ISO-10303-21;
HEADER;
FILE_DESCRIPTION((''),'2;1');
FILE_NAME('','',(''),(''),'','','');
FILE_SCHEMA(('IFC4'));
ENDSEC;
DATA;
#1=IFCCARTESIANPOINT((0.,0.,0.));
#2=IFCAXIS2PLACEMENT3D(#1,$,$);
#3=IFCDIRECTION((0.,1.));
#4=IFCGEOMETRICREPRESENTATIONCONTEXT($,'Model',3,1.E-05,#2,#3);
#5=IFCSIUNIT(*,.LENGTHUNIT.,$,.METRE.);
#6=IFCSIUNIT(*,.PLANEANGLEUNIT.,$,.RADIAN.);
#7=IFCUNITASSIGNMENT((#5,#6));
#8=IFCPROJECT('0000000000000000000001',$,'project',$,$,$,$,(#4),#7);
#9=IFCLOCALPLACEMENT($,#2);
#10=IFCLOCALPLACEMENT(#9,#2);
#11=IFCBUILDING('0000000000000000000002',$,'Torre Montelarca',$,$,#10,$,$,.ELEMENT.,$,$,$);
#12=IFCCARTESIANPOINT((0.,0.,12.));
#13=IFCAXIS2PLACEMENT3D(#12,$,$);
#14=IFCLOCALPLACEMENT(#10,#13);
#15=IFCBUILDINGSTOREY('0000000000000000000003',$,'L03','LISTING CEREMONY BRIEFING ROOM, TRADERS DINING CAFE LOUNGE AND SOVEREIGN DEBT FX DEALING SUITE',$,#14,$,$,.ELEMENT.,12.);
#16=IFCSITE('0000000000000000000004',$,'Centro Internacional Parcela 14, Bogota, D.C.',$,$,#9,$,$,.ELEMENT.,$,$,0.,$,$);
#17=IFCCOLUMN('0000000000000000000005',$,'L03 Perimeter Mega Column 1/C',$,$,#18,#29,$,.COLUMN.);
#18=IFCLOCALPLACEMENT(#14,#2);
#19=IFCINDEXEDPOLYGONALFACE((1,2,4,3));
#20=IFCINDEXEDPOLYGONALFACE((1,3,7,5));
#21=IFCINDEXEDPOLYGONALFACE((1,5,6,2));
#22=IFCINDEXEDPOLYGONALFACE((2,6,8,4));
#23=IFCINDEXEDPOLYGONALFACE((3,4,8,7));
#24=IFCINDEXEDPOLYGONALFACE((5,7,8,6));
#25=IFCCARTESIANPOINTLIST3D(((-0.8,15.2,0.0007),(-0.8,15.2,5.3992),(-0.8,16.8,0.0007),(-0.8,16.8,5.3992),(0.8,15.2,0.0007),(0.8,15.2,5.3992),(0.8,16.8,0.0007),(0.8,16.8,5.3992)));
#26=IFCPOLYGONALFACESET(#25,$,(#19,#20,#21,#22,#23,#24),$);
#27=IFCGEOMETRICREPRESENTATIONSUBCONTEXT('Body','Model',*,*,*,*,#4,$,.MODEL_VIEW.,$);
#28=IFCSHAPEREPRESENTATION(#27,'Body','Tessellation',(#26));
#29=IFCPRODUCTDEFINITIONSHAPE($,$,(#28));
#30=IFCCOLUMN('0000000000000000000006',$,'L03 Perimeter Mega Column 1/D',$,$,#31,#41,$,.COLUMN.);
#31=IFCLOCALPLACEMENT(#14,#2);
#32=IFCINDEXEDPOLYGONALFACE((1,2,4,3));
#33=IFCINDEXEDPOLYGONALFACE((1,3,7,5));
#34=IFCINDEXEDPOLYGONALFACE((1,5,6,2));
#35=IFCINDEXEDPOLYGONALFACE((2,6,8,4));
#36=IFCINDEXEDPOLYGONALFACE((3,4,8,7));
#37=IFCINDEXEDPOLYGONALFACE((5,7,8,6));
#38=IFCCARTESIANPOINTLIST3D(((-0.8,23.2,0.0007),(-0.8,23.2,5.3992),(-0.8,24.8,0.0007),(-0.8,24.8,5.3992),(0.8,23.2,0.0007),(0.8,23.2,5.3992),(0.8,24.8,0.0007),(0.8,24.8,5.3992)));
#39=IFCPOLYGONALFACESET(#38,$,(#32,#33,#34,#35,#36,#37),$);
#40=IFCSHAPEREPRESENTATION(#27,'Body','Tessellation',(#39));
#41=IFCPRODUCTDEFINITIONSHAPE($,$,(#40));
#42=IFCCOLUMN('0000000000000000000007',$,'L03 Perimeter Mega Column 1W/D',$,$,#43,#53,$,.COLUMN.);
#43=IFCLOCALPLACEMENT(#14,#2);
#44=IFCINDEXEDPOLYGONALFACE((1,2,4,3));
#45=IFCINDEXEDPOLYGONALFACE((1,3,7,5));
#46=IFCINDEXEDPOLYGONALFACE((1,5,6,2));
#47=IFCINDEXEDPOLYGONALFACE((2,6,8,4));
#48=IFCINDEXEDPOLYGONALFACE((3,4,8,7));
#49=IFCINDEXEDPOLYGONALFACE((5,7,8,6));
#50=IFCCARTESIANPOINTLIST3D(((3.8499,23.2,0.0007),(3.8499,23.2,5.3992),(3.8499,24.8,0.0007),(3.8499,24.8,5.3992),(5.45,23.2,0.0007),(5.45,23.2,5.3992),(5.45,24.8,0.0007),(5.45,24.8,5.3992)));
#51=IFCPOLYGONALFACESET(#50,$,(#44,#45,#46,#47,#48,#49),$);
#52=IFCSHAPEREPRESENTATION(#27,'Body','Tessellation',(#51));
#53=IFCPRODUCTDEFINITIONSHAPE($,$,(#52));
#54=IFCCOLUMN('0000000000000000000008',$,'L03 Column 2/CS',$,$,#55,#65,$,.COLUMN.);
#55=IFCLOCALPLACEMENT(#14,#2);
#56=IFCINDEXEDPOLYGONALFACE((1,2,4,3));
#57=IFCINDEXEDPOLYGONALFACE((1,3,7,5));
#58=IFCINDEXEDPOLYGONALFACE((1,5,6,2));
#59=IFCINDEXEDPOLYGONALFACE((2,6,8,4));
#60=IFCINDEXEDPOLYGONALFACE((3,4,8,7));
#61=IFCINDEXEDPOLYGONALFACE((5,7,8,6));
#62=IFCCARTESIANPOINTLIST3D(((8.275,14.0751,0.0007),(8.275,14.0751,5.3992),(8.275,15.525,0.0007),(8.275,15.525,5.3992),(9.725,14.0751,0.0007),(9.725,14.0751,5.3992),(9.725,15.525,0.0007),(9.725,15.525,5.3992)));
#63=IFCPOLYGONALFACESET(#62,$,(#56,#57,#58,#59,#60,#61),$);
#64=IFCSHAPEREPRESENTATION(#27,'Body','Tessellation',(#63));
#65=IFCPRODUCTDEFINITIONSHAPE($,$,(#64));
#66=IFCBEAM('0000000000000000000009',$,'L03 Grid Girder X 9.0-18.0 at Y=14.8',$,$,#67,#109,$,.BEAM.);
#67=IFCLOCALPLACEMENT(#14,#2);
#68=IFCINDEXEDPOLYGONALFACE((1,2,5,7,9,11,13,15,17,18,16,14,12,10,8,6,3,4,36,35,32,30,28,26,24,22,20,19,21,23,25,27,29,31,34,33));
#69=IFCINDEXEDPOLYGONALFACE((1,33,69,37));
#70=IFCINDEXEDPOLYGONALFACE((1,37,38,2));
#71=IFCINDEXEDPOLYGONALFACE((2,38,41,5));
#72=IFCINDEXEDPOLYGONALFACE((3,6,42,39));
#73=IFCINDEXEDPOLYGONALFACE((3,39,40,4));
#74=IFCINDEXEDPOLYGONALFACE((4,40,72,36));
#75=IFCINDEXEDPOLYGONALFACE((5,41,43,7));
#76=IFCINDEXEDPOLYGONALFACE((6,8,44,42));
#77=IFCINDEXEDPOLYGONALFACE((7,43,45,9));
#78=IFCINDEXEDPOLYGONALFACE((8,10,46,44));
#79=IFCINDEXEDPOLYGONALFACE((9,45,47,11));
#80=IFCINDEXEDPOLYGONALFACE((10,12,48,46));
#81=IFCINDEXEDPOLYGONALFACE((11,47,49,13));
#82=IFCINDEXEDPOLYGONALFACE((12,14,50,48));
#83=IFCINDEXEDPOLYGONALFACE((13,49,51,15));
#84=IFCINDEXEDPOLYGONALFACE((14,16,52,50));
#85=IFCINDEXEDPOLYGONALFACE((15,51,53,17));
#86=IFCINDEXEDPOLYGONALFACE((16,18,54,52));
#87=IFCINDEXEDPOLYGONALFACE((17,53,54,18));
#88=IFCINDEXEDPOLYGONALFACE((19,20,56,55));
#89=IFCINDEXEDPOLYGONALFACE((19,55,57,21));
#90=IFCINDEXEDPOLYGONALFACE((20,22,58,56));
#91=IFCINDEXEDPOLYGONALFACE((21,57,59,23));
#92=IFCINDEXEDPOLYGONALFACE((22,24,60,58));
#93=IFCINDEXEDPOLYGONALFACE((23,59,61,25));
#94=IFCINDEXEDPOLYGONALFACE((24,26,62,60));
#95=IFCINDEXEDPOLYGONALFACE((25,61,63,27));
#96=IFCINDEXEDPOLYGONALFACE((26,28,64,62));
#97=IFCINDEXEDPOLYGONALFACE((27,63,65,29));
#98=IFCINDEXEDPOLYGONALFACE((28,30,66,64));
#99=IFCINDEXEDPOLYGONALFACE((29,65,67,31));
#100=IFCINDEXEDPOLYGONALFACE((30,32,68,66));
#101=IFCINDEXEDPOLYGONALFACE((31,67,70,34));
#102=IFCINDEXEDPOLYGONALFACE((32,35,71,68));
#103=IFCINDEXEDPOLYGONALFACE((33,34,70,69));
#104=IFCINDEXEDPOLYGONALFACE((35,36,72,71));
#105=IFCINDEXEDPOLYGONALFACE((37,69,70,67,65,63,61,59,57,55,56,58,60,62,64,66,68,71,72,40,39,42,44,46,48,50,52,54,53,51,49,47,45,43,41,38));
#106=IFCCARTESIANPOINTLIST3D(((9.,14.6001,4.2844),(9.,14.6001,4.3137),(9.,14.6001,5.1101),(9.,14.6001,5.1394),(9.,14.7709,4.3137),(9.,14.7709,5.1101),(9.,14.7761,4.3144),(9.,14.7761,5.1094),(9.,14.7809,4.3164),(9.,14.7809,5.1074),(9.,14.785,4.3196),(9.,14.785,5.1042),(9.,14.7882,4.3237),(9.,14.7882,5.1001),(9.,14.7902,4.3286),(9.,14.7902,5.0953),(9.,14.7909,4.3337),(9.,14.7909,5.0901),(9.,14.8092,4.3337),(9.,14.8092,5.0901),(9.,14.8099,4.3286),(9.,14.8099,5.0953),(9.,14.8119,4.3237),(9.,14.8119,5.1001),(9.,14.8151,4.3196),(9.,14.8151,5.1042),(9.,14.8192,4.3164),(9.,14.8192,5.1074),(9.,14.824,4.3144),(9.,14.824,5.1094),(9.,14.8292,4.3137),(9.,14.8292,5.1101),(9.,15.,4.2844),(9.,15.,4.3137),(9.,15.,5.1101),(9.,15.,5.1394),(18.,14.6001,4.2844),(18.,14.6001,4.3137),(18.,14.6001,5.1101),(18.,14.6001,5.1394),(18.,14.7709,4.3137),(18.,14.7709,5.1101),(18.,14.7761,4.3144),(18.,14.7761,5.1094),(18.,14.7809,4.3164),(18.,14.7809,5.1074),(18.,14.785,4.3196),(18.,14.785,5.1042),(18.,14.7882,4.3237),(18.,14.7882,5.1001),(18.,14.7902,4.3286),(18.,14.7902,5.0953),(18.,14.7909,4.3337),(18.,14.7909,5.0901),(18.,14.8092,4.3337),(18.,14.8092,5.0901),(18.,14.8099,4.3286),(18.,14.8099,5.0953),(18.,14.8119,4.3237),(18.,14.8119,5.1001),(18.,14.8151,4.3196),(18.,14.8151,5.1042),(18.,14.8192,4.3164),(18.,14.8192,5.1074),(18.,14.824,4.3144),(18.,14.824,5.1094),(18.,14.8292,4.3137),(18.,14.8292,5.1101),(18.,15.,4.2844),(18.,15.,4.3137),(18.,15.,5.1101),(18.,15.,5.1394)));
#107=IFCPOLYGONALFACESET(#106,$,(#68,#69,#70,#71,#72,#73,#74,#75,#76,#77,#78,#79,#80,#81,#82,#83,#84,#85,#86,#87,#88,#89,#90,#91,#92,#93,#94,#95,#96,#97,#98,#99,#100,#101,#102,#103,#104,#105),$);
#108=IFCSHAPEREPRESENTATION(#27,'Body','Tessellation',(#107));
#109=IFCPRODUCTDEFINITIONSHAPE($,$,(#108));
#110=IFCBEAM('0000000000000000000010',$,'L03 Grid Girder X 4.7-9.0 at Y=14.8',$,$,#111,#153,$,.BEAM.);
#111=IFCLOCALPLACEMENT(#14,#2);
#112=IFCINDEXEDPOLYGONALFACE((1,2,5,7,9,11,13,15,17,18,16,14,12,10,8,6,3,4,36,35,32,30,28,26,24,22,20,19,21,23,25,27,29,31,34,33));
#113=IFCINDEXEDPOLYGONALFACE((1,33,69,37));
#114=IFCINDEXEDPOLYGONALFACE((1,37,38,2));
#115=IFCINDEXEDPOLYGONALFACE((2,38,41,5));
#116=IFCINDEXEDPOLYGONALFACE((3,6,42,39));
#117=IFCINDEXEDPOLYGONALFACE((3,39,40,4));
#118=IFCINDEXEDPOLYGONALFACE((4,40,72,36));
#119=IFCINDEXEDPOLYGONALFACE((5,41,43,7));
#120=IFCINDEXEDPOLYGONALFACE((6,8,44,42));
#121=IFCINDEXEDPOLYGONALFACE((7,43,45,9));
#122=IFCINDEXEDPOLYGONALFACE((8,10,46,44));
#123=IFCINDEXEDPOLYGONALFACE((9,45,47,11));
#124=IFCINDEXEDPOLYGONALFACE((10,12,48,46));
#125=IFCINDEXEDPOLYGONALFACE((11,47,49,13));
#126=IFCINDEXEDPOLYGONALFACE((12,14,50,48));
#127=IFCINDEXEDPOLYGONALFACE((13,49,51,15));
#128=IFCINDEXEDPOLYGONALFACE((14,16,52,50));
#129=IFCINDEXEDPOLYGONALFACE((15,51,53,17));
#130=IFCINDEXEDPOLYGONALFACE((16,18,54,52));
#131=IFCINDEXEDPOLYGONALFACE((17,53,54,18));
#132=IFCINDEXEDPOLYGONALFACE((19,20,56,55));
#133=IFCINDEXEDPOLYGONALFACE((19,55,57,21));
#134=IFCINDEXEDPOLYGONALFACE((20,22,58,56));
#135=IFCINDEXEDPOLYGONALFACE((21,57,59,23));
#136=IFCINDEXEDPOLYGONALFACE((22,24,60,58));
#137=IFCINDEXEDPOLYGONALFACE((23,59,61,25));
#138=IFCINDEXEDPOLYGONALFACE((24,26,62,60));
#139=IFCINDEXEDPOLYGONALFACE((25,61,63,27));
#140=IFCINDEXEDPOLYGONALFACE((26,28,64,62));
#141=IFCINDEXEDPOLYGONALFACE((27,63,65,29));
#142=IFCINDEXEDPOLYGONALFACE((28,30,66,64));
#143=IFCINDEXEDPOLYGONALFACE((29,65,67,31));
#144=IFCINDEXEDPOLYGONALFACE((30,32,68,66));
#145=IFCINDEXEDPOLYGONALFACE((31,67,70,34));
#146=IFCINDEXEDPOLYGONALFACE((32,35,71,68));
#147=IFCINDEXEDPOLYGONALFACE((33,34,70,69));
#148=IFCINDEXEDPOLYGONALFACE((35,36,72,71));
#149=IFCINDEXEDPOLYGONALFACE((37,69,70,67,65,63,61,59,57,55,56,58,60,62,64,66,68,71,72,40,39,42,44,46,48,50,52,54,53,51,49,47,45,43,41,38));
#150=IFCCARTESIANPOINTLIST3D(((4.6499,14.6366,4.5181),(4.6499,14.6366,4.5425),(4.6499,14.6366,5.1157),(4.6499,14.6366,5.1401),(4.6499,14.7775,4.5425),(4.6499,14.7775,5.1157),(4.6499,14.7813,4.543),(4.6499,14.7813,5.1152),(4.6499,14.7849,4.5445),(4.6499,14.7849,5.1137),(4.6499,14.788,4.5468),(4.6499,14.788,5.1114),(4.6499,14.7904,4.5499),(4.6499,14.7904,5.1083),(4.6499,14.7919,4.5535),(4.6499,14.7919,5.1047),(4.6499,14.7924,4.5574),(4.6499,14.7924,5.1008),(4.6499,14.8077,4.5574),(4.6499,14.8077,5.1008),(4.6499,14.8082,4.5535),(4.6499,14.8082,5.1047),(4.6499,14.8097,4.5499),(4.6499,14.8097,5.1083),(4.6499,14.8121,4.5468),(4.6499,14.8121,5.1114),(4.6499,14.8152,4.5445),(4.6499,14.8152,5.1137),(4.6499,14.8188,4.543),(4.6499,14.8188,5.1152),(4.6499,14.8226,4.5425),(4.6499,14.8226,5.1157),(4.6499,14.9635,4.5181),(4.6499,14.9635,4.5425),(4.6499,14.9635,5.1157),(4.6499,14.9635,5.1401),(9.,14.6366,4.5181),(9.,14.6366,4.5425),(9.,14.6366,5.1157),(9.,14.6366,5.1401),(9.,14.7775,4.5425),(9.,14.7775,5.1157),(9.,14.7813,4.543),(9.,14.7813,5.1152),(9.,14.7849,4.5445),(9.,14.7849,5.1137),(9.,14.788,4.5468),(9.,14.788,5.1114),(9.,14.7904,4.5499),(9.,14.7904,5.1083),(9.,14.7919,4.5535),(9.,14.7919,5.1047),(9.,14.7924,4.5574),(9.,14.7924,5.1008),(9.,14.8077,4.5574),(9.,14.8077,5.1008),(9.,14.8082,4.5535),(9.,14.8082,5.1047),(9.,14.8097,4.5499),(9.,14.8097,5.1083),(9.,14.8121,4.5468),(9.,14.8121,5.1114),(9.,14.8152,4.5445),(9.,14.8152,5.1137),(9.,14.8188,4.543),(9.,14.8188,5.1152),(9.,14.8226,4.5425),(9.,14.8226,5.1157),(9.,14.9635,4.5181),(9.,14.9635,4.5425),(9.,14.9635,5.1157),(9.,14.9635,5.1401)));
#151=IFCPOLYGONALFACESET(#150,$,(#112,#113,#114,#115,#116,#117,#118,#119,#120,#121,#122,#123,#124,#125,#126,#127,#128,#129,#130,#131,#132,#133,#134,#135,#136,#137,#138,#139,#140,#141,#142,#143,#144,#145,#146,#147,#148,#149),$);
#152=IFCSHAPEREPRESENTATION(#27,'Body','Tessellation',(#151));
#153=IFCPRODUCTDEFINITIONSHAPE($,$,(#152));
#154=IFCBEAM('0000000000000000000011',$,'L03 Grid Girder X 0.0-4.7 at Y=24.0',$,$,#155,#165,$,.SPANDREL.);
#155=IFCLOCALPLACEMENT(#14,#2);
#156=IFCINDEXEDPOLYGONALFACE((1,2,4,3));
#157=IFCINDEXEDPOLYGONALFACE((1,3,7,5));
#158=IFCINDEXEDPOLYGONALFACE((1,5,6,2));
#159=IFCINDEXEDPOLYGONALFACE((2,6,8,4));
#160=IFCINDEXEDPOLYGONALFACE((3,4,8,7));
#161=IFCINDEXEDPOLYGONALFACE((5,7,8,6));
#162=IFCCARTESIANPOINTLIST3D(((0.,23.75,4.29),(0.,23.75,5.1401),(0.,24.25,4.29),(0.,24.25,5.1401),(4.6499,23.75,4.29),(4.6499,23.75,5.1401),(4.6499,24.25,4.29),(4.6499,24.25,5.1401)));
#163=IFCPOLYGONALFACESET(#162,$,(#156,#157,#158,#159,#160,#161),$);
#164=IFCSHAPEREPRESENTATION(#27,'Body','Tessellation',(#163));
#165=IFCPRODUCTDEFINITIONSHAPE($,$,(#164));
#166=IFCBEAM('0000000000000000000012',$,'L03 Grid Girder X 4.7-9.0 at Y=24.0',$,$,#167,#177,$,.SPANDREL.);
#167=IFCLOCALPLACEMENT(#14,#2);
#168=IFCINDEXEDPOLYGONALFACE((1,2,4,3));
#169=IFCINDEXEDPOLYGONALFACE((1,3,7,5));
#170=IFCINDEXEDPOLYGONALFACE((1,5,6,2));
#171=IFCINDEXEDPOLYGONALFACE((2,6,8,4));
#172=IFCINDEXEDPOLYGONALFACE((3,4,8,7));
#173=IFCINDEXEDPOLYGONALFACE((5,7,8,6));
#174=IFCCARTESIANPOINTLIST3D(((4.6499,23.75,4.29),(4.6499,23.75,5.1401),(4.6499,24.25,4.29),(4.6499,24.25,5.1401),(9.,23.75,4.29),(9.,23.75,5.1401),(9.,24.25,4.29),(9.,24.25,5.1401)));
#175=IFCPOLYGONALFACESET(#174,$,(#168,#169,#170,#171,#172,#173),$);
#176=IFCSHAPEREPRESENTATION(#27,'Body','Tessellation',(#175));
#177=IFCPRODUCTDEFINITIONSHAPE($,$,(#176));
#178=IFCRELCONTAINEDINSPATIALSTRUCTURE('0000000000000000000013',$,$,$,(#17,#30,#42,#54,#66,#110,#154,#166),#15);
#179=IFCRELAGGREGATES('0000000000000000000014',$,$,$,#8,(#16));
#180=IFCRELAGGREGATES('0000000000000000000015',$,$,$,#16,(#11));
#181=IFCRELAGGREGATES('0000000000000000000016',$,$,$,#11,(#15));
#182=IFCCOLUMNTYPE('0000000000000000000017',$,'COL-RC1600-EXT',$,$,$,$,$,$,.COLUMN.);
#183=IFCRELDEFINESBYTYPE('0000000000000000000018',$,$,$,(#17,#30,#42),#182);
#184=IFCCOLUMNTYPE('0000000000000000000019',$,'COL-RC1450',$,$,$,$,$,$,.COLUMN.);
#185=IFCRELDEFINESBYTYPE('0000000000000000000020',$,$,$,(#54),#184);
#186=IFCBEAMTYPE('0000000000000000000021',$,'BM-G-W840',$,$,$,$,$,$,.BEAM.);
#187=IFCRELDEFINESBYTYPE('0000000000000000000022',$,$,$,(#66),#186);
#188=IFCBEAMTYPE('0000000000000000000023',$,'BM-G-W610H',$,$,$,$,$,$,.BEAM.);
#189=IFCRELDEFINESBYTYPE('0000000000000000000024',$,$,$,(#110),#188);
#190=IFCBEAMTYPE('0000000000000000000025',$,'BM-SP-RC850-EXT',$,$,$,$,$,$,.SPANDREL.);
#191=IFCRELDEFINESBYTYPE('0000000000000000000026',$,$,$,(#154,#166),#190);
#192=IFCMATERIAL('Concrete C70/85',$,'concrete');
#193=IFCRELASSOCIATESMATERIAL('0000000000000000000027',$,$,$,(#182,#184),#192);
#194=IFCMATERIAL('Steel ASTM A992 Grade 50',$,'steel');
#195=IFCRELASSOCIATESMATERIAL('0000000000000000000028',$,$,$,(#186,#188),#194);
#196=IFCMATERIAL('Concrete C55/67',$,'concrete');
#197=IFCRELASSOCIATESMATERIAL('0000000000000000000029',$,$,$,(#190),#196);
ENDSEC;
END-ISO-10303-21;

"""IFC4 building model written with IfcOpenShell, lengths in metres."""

from ifc_helpers import new_model, si_unit, direction, frame, origin, origin_2d, place, context, subcontext, project, spatial, rectangle, i_section, extrude, source, transform, mapped, material, material_profile, profile_set, type_object, element, save


model = new_model("IFC4")

# Units and contexts
model_context = context("Model", 3, precision=1e-05, world=origin(), true_north=direction((0.0, 1.0)))
body_context = subcontext(model_context, "Body", "Model", "MODEL_VIEW")
ifc_project = project(units=[si_unit("LENGTHUNIT", "METRE"), si_unit("PLANEANGLEUNIT", "RADIAN")], contexts=[model_context])

# Site, building, storey
site_placement = place(None, origin())
site = spatial("IfcSite", under=ifc_project, at=site_placement, Name="Centro Internacional Parcela 14, Bogota, D.C.", CompositionType="ELEMENT", RefElevation=0.0)
building_placement = place(site_placement, origin())
building = spatial("IfcBuilding", under=site, at=building_placement, Name="Torre Montelarca", CompositionType="ELEMENT")
storey_placement = place(building_placement, frame((0.0, 0.0, 12.0)))
storey = spatial("IfcBuildingStorey", under=building, at=storey_placement, Name="L03", Description="LISTING CEREMONY BRIEFING ROOM, TRADERS DINING CAFE LOUNGE AND SOVEREIGN DEBT FX DEALING SUITE", CompositionType="ELEMENT", Elevation=12.0)

# Columns
ifc_material_1 = material(Name="Concrete C70/85", Category="concrete")
ifc_material_profile_1 = material_profile(ifc_material_1, rectangle(XDim=1.6001, YDim=1.6001, at=origin_2d()), Name="RC1600X1600", Category="concrete")
ifc_profile_set_1 = profile_set([ifc_material_profile_1], Name="Concrete C70/85")
column_type_1 = type_object("IfcColumnType", Name="COL-RC1600-EXT", PredefinedType="COLUMN", material=ifc_profile_set_1)
shared_shape_1 = source(origin(), body_context, "Body", "SweptSolid", [
    extrude(rectangle(XDim=1.6001, YDim=1.6001, at=origin_2d()), origin(), (0.0, 0.0, 1.0), 5.3984),
])
for number, where, z_axis, x_axis, name in (
    (1, (0.0, 16.0, 0.0007), (0.0, 0.0, 1.0), (1.0, 0.0, 0.0), "L03 Perimeter Mega Column 1/C"),
    (2, (0.0, 24.0, 0.0007), (0.0, 0.0, 1.0), (1.0, 0.0, 0.0), "L03 Perimeter Mega Column 1/D"),
    (3, (4.6499, 24.0, 0.0007), (0.0, 0.0, 1.0), (1.0, 0.0, 0.0), "L03 Perimeter Mega Column 1W/D"),
):
    element("IfcColumn", number, at=place(storey_placement, frame(where, z_axis=z_axis, x_axis=x_axis)), inside=storey, type_object=column_type_1, Name=name, PredefinedType="COLUMN", context=body_context, shape_type="MappedRepresentation", body=[
        mapped(shared_shape_1, transform((0.0, 0.0, 0.0), scale=1.0)),
    ])
ifc_material_profile_2 = material_profile(ifc_material_1, rectangle(XDim=1.45, YDim=1.45, at=origin_2d()), Name="RC1450X1450", Category="concrete")
ifc_profile_set_2 = profile_set([ifc_material_profile_2], Name="Concrete C70/85")
column_type_2 = type_object("IfcColumnType", Name="COL-RC1450", PredefinedType="COLUMN", material=ifc_profile_set_2)
shared_shape_2 = source(origin(), body_context, "Body", "SweptSolid", [
    extrude(rectangle(XDim=1.45, YDim=1.45, at=origin_2d()), origin(), (0.0, 0.0, 1.0), 5.3984),
])
column_placement = place(storey_placement, frame((9.0, 14.8, 0.0007), z_axis=(0.0, 0.0, 1.0), x_axis=(1.0, 0.0, 0.0)))
element("IfcColumn", 4, at=column_placement, inside=storey, type_object=column_type_2, Name="L03 Column 2/CS", PredefinedType="COLUMN", context=body_context, shape_type="MappedRepresentation", body=[
    mapped(shared_shape_2, transform((0.0, 0.0, 0.0), scale=1.0)),
])

# Beams
ifc_material_2 = material(Name="Steel ASTM A992 Grade 50", Category="steel")
ifc_material_profile_3 = material_profile(ifc_material_2, i_section(OverallWidth=0.3999, OverallDepth=0.855, WebThickness=0.0183, FlangeThickness=0.0293, FilletRadius=0.02, at=origin_2d()), Name="W840X299", Category="steel")
ifc_profile_set_3 = profile_set([ifc_material_profile_3], Name="Steel ASTM A992 Grade 50")
beam_type_1 = type_object("IfcBeamType", Name="BM-G-W840", PredefinedType="BEAM", material=ifc_profile_set_3)
shared_shape_3 = source(origin(), body_context, "Body", "SweptSolid", [
    extrude(i_section(OverallWidth=0.3999, OverallDepth=0.855, WebThickness=0.0183, FlangeThickness=0.0293, FilletRadius=0.02, at=origin_2d()), origin(), (0.0, 0.0, 1.0), 9.0),
])
beam_1_placement = place(storey_placement, frame((9.0, 14.8, 4.7119), z_axis=(1.0, 0.0, 0.0), x_axis=(0.0, 1.0, 0.0)))
element("IfcBeam", 5, at=beam_1_placement, inside=storey, type_object=beam_type_1, Name="L03 Grid Girder X 9.0-18.0 at Y=14.8", PredefinedType="BEAM", context=body_context, shape_type="MappedRepresentation", body=[
    mapped(shared_shape_3, transform((0.0, 0.0, 0.0), scale=1.0)),
])
ifc_material_profile_4 = material_profile(ifc_material_2, i_section(OverallWidth=0.3269, OverallDepth=0.6221, WebThickness=0.0154, FlangeThickness=0.0244, FilletRadius=0.0149, at=origin_2d()), Name="W610X195", Category="steel")
ifc_profile_set_4 = profile_set([ifc_material_profile_4], Name="Steel ASTM A992 Grade 50")
beam_type_2 = type_object("IfcBeamType", Name="BM-G-W610H", PredefinedType="BEAM", material=ifc_profile_set_4)
shared_shape_4 = source(origin(), body_context, "Body", "SweptSolid", [
    extrude(i_section(OverallWidth=0.3269, OverallDepth=0.6221, WebThickness=0.0154, FlangeThickness=0.0244, FilletRadius=0.0149, at=origin_2d()), origin(), (0.0, 0.0, 1.0), 4.3501),
])
beam_2_placement = place(storey_placement, frame((4.6499, 14.8, 4.8291), z_axis=(1.0, 0.0, 0.0), x_axis=(0.0, 1.0, 0.0)))
element("IfcBeam", 6, at=beam_2_placement, inside=storey, type_object=beam_type_2, Name="L03 Grid Girder X 4.7-9.0 at Y=14.8", PredefinedType="BEAM", context=body_context, shape_type="MappedRepresentation", body=[
    mapped(shared_shape_4, transform((0.0, 0.0, 0.0), scale=1.0)),
])
ifc_material_3 = material(Name="Concrete C55/67", Category="concrete")
ifc_material_profile_5 = material_profile(ifc_material_3, rectangle(XDim=0.5, YDim=0.8501, at=origin_2d()), Name="RCB500X850", Category="concrete")
ifc_profile_set_5 = profile_set([ifc_material_profile_5], Name="Concrete C55/67")
beam_type_3 = type_object("IfcBeamType", Name="BM-SP-RC850-EXT", PredefinedType="SPANDREL", material=ifc_profile_set_5)
shared_shape_5 = source(origin(), body_context, "Body", "SweptSolid", [
    extrude(rectangle(XDim=0.5, YDim=0.8501, at=origin_2d()), origin(), (0.0, 0.0, 1.0), 4.6499),
])
beam_3_placement = place(storey_placement, frame((0.0, 24.0, 4.7151), z_axis=(1.0, 0.0, 0.0), x_axis=(0.0, 1.0, 0.0)))
element("IfcBeam", 7, at=beam_3_placement, inside=storey, type_object=beam_type_3, Name="L03 Grid Girder X 0.0-4.7 at Y=24.0", PredefinedType="SPANDREL", context=body_context, shape_type="MappedRepresentation", body=[
    mapped(shared_shape_5, transform((0.0, 0.0, 0.0), scale=1.0)),
])
shared_shape_6 = source(origin(), body_context, "Body", "SweptSolid", [
    extrude(rectangle(XDim=0.5, YDim=0.8501, at=origin_2d()), origin(), (0.0, 0.0, 1.0), 4.3501),
])
beam_4_placement = place(storey_placement, frame((4.6499, 24.0, 4.7151), z_axis=(1.0, 0.0, 0.0), x_axis=(0.0, 1.0, 0.0)))
element("IfcBeam", 8, at=beam_4_placement, inside=storey, type_object=beam_type_3, Name="L03 Grid Girder X 4.7-9.0 at Y=24.0", PredefinedType="SPANDREL", context=body_context, shape_type="MappedRepresentation", body=[
    mapped(shared_shape_6, transform((0.0, 0.0, 0.0), scale=1.0)),
])

save(model, "model.ifc")
